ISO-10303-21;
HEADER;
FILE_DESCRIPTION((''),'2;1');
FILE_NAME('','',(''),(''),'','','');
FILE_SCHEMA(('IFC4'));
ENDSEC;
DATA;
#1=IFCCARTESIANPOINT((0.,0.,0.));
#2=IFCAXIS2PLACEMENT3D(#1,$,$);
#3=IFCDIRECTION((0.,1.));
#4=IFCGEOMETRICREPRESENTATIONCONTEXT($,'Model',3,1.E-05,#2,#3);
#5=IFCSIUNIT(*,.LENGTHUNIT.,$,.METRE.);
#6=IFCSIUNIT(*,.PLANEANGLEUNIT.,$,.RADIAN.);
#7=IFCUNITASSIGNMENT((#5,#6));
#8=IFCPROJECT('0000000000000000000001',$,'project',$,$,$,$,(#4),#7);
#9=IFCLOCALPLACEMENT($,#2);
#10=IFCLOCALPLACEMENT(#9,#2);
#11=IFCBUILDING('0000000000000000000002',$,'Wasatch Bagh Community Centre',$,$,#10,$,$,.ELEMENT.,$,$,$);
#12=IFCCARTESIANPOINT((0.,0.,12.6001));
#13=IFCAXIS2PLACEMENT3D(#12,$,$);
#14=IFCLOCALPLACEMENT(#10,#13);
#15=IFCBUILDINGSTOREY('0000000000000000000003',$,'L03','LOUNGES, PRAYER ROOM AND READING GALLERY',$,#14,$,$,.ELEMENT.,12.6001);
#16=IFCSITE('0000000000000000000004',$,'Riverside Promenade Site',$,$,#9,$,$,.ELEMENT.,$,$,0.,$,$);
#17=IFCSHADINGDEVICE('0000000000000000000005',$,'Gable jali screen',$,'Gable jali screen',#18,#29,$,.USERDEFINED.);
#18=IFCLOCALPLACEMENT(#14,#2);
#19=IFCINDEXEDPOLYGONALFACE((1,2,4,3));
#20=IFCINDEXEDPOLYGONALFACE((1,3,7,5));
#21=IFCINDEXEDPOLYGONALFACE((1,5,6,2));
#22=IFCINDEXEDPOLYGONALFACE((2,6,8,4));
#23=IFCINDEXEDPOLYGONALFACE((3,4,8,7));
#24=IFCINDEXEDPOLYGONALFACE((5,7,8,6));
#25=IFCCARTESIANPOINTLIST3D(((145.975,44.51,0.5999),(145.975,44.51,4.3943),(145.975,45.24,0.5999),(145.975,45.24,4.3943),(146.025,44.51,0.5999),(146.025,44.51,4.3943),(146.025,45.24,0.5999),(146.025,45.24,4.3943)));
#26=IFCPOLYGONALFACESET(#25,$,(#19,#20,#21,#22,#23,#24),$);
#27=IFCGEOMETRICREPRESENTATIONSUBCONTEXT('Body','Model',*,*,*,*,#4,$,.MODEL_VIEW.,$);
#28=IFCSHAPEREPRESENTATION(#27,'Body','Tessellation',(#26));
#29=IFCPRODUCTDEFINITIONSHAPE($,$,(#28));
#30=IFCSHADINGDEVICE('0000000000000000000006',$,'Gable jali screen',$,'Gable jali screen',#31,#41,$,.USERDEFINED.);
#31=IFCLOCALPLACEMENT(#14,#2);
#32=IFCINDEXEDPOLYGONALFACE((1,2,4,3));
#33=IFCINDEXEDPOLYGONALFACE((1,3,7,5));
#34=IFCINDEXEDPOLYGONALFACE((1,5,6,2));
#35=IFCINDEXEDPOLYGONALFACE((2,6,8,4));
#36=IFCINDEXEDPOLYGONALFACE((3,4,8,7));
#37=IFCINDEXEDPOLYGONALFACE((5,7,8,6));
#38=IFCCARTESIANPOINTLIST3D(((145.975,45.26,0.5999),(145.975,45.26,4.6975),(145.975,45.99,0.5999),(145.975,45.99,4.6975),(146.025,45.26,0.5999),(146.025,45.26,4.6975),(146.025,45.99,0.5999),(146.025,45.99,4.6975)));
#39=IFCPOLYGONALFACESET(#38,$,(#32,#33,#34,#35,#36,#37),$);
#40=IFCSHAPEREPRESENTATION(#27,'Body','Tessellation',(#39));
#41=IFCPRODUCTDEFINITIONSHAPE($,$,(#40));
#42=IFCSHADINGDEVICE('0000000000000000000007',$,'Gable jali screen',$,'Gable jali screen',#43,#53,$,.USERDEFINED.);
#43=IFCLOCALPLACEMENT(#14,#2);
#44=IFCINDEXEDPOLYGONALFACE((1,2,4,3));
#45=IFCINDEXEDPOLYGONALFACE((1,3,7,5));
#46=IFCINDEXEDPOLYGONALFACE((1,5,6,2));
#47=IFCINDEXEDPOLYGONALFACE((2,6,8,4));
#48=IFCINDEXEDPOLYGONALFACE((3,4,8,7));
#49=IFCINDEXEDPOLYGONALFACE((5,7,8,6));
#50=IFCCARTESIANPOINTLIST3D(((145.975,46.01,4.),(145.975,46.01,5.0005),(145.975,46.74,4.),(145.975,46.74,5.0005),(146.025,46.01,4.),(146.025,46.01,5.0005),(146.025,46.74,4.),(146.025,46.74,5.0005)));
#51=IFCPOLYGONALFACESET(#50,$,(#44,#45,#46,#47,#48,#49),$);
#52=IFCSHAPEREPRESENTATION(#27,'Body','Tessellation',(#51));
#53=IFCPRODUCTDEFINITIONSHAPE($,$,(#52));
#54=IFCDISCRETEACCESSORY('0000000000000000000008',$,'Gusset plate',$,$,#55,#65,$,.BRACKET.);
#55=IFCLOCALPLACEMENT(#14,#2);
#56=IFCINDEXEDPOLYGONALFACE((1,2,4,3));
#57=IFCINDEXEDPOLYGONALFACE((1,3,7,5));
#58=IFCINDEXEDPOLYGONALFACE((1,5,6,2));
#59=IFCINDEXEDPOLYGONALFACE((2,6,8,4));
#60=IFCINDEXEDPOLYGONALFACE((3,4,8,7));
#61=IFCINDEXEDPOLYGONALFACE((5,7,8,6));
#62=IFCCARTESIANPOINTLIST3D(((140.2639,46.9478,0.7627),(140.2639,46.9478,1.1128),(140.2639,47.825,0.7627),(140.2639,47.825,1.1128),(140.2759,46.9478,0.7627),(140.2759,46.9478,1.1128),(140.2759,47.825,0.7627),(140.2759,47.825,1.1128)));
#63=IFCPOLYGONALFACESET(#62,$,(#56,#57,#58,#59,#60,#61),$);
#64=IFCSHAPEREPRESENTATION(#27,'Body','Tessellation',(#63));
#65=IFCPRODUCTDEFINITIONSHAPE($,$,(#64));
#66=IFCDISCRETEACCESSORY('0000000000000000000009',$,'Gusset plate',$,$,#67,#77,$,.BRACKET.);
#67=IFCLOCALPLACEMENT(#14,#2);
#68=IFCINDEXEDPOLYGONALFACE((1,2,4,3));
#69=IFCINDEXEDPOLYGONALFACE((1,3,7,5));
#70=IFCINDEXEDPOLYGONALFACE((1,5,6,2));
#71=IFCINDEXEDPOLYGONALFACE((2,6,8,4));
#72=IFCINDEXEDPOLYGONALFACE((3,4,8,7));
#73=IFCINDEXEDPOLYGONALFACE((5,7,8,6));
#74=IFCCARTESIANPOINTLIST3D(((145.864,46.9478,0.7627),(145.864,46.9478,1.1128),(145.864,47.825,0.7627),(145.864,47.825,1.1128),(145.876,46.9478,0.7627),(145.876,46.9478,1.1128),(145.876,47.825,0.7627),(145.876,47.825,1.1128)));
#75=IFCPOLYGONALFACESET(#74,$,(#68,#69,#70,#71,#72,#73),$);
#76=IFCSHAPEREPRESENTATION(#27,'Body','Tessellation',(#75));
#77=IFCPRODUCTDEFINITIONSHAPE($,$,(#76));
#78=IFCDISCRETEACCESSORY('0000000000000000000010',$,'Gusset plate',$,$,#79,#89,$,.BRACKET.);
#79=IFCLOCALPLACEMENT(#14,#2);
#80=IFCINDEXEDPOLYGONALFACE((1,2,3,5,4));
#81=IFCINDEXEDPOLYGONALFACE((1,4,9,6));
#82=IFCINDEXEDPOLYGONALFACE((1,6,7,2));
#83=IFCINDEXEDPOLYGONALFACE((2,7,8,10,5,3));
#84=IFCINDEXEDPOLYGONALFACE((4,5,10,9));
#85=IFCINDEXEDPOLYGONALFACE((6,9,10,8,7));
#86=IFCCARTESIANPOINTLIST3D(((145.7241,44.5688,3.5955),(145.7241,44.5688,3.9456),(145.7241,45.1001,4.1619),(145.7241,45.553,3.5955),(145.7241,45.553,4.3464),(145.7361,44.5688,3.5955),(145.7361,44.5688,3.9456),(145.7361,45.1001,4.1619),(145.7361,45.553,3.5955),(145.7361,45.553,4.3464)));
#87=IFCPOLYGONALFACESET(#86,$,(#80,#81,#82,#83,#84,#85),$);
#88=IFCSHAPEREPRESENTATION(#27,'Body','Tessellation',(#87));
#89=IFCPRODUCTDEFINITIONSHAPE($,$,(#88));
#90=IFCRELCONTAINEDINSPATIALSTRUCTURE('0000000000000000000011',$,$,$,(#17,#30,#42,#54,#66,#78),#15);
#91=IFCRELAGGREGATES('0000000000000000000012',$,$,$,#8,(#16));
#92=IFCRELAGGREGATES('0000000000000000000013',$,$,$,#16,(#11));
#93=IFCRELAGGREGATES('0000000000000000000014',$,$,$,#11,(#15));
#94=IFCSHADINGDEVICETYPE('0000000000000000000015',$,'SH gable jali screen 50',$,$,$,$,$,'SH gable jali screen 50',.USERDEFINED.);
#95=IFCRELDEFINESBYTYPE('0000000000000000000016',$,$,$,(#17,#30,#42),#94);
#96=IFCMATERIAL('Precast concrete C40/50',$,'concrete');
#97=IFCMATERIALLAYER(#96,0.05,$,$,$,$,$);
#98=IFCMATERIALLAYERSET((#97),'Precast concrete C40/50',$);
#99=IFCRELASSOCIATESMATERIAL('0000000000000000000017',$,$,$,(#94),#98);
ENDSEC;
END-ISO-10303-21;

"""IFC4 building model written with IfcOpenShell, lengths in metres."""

from ifc_helpers import new_model, si_unit, direction, frame, origin, origin_2d, place, context, subcontext, project, spatial, polyline, rectangle, outline, extrude, material, layer, layer_set, type_object, element, save


model = new_model("IFC4")

# Units and contexts
model_context = context("Model", 3, precision=1e-05, world=origin(), true_north=direction((0.0, 1.0)))
body_context = subcontext(model_context, "Body", "Model", "MODEL_VIEW")
ifc_project = project(units=[si_unit("LENGTHUNIT", "METRE"), si_unit("PLANEANGLEUNIT", "RADIAN")], contexts=[model_context])

# Site, building, storey
site_placement = place(None, origin())
site = spatial("IfcSite", under=ifc_project, at=site_placement, Name="Riverside Promenade Site", CompositionType="ELEMENT", RefElevation=0.0)
building_placement = place(site_placement, origin())
building = spatial("IfcBuilding", under=site, at=building_placement, Name="Wasatch Bagh Community Centre", CompositionType="ELEMENT")
storey_placement = place(building_placement, frame((0.0, 0.0, 12.6001)))
storey = spatial("IfcBuildingStorey", under=building, at=storey_placement, Name="L03", Description="LOUNGES, PRAYER ROOM AND READING GALLERY", CompositionType="ELEMENT", Elevation=12.6001)

# Shading devices
ifc_material_1 = material(Name="Precast concrete C40/50", Category="concrete")
ifc_layer_1 = layer(ifc_material_1, 0.05)
ifc_layer_set_1 = layer_set([ifc_layer_1], Name="Precast concrete C40/50")
shading_device_type = type_object("IfcShadingDeviceType", Name="SH gable jali screen 50", ElementType="SH gable jali screen 50", PredefinedType="USERDEFINED", material=ifc_layer_set_1)
shading_device_1_placement = place(storey_placement, frame((146.0, 44.875, 0.5999), z_axis=(0.0, 0.0, 1.0), x_axis=(1.0, 0.0, 0.0)))
element("IfcShadingDevice", 1, at=shading_device_1_placement, inside=storey, type_object=shading_device_type, Name="Gable jali screen", ObjectType="Gable jali screen", PredefinedType="USERDEFINED", context=body_context, shape_type="SweptSolid", body=[
    extrude(rectangle(XDim=0.05, YDim=0.73, at=origin_2d()), origin(), (0.0, 0.0, 1.0), 3.7944),
])
shading_device_2_placement = place(storey_placement, frame((146.0, 45.625, 0.5999), z_axis=(0.0, 0.0, 1.0), x_axis=(1.0, 0.0, 0.0)))
element("IfcShadingDevice", 2, at=shading_device_2_placement, inside=storey, type_object=shading_device_type, Name="Gable jali screen", ObjectType="Gable jali screen", PredefinedType="USERDEFINED", context=body_context, shape_type="SweptSolid", body=[
    extrude(rectangle(XDim=0.05, YDim=0.73, at=origin_2d()), origin(), (0.0, 0.0, 1.0), 4.0977),
])
shading_device_3_placement = place(storey_placement, frame((146.0, 46.375, 4.0), z_axis=(0.0, 0.0, 1.0), x_axis=(1.0, 0.0, 0.0)))
element("IfcShadingDevice", 3, at=shading_device_3_placement, inside=storey, type_object=shading_device_type, Name="Gable jali screen", ObjectType="Gable jali screen", PredefinedType="USERDEFINED", context=body_context, shape_type="SweptSolid", body=[
    extrude(rectangle(XDim=0.05, YDim=0.73, at=origin_2d()), origin(), (0.0, 0.0, 1.0), 1.0005),
])

# Discrete accessories
for number, where, z_axis, x_axis, name in (
    (4, (140.2759, 46.9478, 0.7627), (1.0, 0.0, 0.0), (0.0, 1.0, 0.0), "Gusset plate"),
    (5, (145.876, 46.9478, 0.7627), (1.0, 0.0, 0.0), (0.0, 1.0, 0.0), "Gusset plate"),
):
    element("IfcDiscreteAccessory", number, at=place(storey_placement, frame(where, z_axis=z_axis, x_axis=x_axis)), inside=storey, Name=name, PredefinedType="BRACKET", context=body_context, shape_type="SweptSolid", body=[
        extrude(outline(polyline([(0.0, 0.0), (0.8772, 0.0), (0.8772, 0.3501), (0.0, 0.3501), (0.0, 0.0)])), origin(), (0.0, 0.0, -1.0), 0.012),
    ])
discrete_accessory_placement = place(storey_placement, frame((145.7241, 44.5688, 3.9456), z_axis=(-1.0, 0.0, 0.0), x_axis=(0.0, 0.926169, 0.377108)))
element("IfcDiscreteAccessory", 6, at=discrete_accessory_placement, inside=storey, Name="Gusset plate", PredefinedType="BRACKET", context=body_context, shape_type="SweptSolid", body=[
    extrude(outline(polyline([(0.0, 0.0), (0.5736, 0.0), (1.0626, -0.0002), (0.7794, 0.6954), (-0.132, 0.3242), (0.0, 0.0)])), origin(), (0.0, 0.0, -1.0), 0.012),
])

save(model, "model.ifc")
